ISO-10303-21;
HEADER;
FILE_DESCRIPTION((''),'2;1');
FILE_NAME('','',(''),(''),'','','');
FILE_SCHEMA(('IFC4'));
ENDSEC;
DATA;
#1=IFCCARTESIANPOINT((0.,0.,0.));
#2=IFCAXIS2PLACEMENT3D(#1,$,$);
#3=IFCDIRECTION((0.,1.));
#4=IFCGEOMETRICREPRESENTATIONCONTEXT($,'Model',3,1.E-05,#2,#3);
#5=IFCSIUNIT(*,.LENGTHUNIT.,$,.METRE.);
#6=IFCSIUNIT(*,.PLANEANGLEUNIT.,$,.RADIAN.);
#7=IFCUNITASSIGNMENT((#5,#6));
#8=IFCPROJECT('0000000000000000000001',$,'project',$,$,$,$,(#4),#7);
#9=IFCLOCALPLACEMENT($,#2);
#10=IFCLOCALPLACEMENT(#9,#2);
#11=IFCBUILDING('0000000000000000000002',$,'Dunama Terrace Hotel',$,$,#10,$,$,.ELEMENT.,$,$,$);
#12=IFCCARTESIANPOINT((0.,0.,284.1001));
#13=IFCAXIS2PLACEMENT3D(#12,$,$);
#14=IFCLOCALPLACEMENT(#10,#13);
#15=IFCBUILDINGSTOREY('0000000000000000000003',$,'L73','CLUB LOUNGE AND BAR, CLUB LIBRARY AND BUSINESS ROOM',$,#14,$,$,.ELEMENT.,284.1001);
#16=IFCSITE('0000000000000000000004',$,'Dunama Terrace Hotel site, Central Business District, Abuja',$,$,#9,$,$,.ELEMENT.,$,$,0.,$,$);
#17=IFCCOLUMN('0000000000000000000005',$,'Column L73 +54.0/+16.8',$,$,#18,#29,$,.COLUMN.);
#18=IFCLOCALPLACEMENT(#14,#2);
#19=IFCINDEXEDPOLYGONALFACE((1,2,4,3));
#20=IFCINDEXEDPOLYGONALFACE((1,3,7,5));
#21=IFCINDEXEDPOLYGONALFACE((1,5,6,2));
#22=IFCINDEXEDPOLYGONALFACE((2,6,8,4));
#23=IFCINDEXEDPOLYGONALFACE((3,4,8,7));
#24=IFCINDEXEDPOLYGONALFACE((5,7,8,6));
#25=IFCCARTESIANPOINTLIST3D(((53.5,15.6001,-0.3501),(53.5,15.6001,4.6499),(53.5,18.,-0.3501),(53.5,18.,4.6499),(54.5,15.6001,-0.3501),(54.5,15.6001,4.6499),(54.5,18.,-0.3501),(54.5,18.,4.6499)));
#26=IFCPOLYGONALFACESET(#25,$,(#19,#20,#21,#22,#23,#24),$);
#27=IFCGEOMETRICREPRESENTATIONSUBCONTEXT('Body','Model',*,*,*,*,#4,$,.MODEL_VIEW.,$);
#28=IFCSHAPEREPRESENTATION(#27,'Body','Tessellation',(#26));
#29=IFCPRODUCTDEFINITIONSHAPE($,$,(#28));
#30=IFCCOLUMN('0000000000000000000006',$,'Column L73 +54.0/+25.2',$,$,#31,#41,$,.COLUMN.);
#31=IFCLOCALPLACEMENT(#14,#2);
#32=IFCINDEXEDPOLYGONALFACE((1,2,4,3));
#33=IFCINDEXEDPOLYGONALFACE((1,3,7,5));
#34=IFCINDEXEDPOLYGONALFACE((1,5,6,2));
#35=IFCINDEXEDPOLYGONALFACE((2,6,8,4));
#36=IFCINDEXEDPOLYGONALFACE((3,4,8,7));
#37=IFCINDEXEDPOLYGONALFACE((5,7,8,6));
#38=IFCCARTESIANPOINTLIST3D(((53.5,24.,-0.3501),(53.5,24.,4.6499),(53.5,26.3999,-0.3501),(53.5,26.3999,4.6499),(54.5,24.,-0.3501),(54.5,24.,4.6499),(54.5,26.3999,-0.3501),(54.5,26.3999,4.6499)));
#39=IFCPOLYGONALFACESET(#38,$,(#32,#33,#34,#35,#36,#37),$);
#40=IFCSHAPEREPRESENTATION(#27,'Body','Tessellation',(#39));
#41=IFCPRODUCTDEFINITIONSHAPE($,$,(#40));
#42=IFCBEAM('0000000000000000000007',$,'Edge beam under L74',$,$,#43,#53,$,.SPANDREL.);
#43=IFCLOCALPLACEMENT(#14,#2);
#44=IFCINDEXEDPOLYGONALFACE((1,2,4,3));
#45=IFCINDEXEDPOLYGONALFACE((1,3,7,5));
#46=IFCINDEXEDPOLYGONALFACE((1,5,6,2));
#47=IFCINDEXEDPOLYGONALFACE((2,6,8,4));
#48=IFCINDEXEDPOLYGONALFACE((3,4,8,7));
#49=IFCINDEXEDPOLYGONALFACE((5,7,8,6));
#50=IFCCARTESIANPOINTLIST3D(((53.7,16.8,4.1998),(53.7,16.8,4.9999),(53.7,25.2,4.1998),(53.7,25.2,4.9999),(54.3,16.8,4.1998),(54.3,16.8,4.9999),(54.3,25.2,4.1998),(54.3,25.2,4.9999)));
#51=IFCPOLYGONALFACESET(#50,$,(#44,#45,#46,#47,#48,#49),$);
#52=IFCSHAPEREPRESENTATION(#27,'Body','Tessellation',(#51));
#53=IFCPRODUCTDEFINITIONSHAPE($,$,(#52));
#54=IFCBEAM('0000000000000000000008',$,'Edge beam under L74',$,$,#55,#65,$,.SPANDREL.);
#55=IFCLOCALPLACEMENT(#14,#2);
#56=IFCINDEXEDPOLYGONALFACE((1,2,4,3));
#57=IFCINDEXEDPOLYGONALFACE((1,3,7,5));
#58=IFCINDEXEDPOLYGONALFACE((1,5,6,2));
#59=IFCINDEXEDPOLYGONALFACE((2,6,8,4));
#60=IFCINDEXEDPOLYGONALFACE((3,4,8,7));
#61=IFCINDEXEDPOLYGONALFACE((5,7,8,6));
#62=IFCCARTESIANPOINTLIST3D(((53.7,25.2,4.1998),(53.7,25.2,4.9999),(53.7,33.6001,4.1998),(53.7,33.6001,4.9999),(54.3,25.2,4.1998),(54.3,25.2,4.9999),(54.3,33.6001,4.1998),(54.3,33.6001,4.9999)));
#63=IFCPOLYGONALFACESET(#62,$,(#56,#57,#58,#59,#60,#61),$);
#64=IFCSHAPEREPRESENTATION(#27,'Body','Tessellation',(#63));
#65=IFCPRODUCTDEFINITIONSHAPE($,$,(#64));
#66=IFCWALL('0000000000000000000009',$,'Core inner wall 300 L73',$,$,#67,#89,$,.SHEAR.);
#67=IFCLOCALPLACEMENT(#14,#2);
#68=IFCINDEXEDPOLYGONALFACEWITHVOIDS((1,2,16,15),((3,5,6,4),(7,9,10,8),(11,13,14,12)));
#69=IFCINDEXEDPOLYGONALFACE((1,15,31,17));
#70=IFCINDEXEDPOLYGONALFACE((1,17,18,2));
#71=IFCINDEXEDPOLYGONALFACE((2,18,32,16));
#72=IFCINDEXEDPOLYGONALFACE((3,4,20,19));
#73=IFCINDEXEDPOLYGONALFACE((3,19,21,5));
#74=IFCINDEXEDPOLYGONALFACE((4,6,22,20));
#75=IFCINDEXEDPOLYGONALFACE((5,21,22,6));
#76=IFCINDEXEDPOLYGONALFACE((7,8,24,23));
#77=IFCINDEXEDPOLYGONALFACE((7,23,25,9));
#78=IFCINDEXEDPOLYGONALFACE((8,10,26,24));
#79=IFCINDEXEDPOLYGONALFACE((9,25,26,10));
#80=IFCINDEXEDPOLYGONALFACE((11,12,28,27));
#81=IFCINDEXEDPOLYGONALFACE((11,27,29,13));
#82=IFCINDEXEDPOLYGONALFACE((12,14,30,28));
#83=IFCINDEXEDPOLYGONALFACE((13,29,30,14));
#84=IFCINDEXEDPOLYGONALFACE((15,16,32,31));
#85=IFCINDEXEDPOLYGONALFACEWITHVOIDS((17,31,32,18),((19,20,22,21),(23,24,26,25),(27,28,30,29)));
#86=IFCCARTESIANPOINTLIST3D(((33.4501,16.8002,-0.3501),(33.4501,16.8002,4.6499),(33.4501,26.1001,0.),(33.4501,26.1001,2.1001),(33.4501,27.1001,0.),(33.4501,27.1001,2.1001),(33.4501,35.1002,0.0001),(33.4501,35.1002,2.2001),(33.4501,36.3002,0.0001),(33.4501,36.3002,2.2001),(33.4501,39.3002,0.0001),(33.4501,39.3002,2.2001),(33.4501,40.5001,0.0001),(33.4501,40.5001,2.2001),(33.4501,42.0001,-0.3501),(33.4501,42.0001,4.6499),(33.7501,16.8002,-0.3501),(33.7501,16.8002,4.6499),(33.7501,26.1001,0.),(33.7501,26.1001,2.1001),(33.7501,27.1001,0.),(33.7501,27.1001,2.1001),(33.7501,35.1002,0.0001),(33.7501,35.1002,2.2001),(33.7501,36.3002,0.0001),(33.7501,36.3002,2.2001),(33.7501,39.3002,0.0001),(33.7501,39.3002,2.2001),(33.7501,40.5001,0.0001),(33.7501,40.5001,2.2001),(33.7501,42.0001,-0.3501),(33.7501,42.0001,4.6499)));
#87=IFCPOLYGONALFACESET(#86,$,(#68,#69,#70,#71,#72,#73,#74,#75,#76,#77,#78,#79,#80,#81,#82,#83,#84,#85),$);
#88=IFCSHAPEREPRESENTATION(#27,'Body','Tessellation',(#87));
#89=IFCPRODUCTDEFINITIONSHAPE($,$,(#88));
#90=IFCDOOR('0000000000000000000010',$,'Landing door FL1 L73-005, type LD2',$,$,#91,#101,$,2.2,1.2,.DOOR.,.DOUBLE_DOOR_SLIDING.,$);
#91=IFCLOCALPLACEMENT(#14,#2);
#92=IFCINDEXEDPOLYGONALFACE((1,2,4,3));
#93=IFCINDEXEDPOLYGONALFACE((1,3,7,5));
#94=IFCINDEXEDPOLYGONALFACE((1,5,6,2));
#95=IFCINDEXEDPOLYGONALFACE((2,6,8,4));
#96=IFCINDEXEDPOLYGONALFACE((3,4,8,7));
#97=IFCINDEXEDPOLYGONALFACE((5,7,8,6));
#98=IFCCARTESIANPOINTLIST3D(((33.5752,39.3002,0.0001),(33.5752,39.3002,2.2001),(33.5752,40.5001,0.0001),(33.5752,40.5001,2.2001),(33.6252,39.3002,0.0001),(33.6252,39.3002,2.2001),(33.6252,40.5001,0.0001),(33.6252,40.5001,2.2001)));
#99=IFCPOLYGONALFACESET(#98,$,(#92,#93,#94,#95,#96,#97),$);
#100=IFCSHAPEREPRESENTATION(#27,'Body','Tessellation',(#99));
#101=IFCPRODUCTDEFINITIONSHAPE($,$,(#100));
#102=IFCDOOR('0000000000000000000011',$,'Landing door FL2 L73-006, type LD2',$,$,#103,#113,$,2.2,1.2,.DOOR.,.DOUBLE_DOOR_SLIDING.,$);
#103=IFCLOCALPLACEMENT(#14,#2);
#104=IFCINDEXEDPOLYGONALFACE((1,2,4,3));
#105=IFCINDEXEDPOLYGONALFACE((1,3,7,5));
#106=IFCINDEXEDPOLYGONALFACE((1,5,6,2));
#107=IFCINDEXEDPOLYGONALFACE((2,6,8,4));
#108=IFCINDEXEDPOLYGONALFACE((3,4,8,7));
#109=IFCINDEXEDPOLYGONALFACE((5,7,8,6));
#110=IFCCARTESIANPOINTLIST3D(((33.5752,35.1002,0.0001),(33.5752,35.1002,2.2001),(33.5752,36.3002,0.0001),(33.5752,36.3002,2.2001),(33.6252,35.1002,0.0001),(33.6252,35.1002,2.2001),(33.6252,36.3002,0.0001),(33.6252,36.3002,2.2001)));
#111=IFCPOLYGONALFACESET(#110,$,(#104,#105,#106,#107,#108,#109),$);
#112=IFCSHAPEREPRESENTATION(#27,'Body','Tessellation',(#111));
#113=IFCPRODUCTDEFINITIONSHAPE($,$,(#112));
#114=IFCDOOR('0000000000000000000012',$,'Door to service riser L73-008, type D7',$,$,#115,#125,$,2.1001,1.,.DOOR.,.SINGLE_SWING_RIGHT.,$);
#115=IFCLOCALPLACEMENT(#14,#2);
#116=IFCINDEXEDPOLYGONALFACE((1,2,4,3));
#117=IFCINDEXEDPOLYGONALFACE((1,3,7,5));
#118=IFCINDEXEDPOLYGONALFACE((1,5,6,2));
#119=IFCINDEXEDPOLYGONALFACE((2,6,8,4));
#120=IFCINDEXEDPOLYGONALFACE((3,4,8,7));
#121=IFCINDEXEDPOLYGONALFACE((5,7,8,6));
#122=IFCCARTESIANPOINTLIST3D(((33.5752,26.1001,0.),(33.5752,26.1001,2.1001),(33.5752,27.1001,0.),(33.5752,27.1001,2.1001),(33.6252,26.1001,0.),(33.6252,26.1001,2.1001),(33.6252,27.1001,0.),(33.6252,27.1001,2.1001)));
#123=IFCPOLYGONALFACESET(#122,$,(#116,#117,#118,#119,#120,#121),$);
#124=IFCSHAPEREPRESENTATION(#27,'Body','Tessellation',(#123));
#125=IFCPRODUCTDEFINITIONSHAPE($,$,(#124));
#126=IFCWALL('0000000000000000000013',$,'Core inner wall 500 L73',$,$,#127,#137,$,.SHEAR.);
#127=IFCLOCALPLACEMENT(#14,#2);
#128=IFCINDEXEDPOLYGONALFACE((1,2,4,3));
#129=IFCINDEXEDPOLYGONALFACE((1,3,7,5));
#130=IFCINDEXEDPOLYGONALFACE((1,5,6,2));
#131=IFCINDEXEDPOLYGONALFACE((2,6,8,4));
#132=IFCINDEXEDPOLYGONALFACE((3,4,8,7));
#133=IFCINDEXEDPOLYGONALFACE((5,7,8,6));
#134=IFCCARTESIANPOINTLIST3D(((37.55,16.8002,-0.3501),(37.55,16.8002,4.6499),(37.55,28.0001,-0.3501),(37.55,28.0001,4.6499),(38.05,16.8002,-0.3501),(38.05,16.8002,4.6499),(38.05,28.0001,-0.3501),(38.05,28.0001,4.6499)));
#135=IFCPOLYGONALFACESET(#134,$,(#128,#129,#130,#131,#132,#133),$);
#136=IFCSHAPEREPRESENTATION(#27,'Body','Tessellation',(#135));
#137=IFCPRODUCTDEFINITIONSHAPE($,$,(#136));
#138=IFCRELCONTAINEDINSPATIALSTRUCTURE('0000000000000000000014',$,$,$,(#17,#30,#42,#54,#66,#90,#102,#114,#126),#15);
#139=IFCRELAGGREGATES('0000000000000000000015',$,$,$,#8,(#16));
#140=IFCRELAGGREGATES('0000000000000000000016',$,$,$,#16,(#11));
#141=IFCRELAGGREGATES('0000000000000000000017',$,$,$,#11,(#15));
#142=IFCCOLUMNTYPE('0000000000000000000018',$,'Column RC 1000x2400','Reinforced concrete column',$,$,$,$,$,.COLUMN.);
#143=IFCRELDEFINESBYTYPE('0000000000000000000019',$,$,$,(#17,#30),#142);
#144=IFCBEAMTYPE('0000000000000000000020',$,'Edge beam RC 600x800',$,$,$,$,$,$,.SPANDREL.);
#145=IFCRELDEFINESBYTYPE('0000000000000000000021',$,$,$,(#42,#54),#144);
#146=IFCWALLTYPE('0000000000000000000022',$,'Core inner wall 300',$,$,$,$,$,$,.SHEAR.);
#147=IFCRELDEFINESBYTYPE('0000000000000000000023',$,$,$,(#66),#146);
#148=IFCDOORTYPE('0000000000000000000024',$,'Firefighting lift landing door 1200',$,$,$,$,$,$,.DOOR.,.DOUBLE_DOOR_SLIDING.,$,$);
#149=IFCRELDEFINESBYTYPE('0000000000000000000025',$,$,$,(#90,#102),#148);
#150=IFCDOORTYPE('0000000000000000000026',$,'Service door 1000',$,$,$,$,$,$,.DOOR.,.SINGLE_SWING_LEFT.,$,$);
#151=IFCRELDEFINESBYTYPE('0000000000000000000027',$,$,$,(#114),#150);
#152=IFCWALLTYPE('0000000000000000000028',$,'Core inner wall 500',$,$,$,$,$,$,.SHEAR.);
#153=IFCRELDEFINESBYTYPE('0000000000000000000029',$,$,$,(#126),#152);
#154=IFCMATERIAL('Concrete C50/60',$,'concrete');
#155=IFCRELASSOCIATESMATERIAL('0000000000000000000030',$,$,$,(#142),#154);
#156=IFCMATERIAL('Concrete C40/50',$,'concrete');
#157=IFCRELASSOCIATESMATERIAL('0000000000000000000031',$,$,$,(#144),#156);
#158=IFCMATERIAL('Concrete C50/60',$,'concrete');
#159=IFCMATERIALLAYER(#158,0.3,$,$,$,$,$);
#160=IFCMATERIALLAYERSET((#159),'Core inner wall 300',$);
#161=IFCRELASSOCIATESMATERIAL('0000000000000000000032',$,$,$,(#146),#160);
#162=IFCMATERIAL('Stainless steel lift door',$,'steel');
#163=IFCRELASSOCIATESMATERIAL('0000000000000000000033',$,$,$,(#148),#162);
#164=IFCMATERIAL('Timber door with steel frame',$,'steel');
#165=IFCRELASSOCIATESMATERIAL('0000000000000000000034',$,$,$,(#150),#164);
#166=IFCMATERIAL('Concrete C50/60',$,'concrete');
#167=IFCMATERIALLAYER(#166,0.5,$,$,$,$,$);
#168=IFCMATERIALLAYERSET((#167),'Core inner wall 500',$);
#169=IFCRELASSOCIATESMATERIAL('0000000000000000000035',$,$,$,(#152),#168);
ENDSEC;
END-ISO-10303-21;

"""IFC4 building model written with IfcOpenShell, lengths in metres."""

from ifc_helpers import new_model, si_unit, direction, frame, frame_2d, origin, origin_2d, place, context, subcontext, project, spatial, rectangle, extrude, material, layer, layer_set, material_profile, profile_set, type_object, element, fill, save


model = new_model("IFC4")

# Units and contexts
model_context = context("Model", 3, precision=1e-05, world=origin(), true_north=direction((0.0, 1.0)))
body_context = subcontext(model_context, "Body", "Model", "MODEL_VIEW")
ifc_project = project(units=[si_unit("LENGTHUNIT", "METRE"), si_unit("PLANEANGLEUNIT", "RADIAN")], contexts=[model_context])

# Site, building, storey
site_placement = place(None, origin())
site = spatial("IfcSite", under=ifc_project, at=site_placement, Name="Dunama Terrace Hotel site, Central Business District, Abuja", CompositionType="ELEMENT", RefElevation=0.0)
building_placement = place(site_placement, origin())
building = spatial("IfcBuilding", under=site, at=building_placement, Name="Dunama Terrace Hotel", CompositionType="ELEMENT")
storey_placement = place(building_placement, frame((0.0, 0.0, 284.1001)))
storey = spatial("IfcBuildingStorey", under=building, at=storey_placement, Name="L73", Description="CLUB LOUNGE AND BAR, CLUB LIBRARY AND BUSINESS ROOM", CompositionType="ELEMENT", Elevation=284.1001)

# Columns
ifc_material_1 = material(Name="Concrete C50/60", Category="concrete")
ifc_material_profile_1 = material_profile(ifc_material_1, rectangle(XDim=1.0, YDim=2.3999, at=origin_2d()), Name="RC 1000x2400")
ifc_profile_set_1 = profile_set([ifc_material_profile_1], Name="Concrete C50/60")
column_type = type_object("IfcColumnType", Name="Column RC 1000x2400", Description="Reinforced concrete column", PredefinedType="COLUMN", material=ifc_profile_set_1)
for number, where, z_axis, x_axis, name in (
    (1, (54.0, 16.8, -0.3501), (0.0, 0.0, 1.0), (1.0, 0.0, 0.0), "Column L73 +54.0/+16.8"),
    (2, (54.0, 25.2, -0.3501), (0.0, 0.0, 1.0), (1.0, 0.0, 0.0), "Column L73 +54.0/+25.2"),
):
    element("IfcColumn", number, at=place(storey_placement, frame(where, z_axis=z_axis, x_axis=x_axis)), inside=storey, type_object=column_type, Name=name, PredefinedType="COLUMN", context=body_context, shape_type="SweptSolid", body=[
        extrude(rectangle(XDim=1.0, YDim=2.3999, at=origin_2d()), origin(), (0.0, 0.0, 1.0), 5.0),
    ])

# Beams
ifc_material_2 = material(Name="Concrete C40/50", Category="concrete")
ifc_material_profile_2 = material_profile(ifc_material_2, rectangle(XDim=0.6001, YDim=0.8, at=origin_2d()), Name="RC 600x800")
ifc_profile_set_2 = profile_set([ifc_material_profile_2], Name="Concrete C40/50")
beam_type = type_object("IfcBeamType", Name="Edge beam RC 600x800", PredefinedType="SPANDREL", material=ifc_profile_set_2)
beam_1_placement = place(storey_placement, frame((54.0, 16.8, 4.5999), z_axis=(0.0, 1.0, 0.0), x_axis=(-1.0, 0.0, 0.0)))
element("IfcBeam", 3, at=beam_1_placement, inside=storey, type_object=beam_type, Name="Edge beam under L74", PredefinedType="SPANDREL", context=body_context, shape_type="SweptSolid", body=[
    extrude(rectangle(XDim=0.6001, YDim=0.8, at=origin_2d()), origin(), (0.0, 0.0, 1.0), 8.3999),
])
beam_2_placement = place(storey_placement, frame((54.0, 25.2, 4.5999), z_axis=(0.0, 1.0, 0.0), x_axis=(-1.0, 0.0, 0.0)))
element("IfcBeam", 4, at=beam_2_placement, inside=storey, type_object=beam_type, Name="Edge beam under L74", PredefinedType="SPANDREL", context=body_context, shape_type="SweptSolid", body=[
    extrude(rectangle(XDim=0.6001, YDim=0.8, at=origin_2d()), origin(), (0.0, 0.0, 1.0), 8.4001),
])

# Wall, openings, doors
ifc_material_3 = material(Name="Concrete C50/60", Category="concrete")
ifc_layer_1 = layer(ifc_material_3, 0.3)
ifc_layer_set_1 = layer_set([ifc_layer_1], Name="Core inner wall 300")
wall_type_1 = type_object("IfcWallType", Name="Core inner wall 300", PredefinedType="SHEAR", material=ifc_layer_set_1)
wall_1_placement = place(storey_placement, frame((33.6001, 16.8, -0.3501), z_axis=(0.0, 0.0, 1.0), x_axis=(0.0, 1.0, 0.0)))
wall_1 = element("IfcWall", 5, at=wall_1_placement, inside=storey, type_object=wall_type_1, Name="Core inner wall 300 L73", PredefinedType="SHEAR", context=body_context, shape_type="SweptSolid", body=[
    extrude(rectangle(XDim=25.2, YDim=0.3, at=frame_2d((12.6001, 0.0))), origin(), (0.0, 0.0, 1.0), 5.0),
])
opening_1_placement = place(wall_1_placement, frame((22.5, 0.0, 0.3501)))
opening_1 = element("IfcOpeningElement", 6, at=opening_1_placement, cuts=wall_1, PredefinedType="OPENING", context=body_context, shape_type="SweptSolid", body=[
    extrude(rectangle(XDim=1.2, YDim=2.2, at=frame_2d((0.6001, 1.1001))), frame((0.0, 0.1599, 0.0), z_axis=(0.0, -1.0, 0.0), x_axis=(1.0, 0.0, 0.0)), (0.0, 0.0, 1.0), 0.3201),
])
opening_2_placement = place(wall_1_placement, frame((18.3, 0.0, 0.3501)))
opening_2 = element("IfcOpeningElement", 7, at=opening_2_placement, cuts=wall_1, PredefinedType="OPENING", context=body_context, shape_type="SweptSolid", body=[
    extrude(rectangle(XDim=1.2, YDim=2.2, at=frame_2d((0.6001, 1.1001))), frame((0.0, 0.1599, 0.0), z_axis=(0.0, -1.0, 0.0), x_axis=(1.0, 0.0, 0.0)), (0.0, 0.0, 1.0), 0.3201),
])
opening_3_placement = place(wall_1_placement, frame((9.3, 0.0, 0.3501)))
opening_3 = element("IfcOpeningElement", 8, at=opening_3_placement, cuts=wall_1, PredefinedType="OPENING", context=body_context, shape_type="SweptSolid", body=[
    extrude(rectangle(XDim=1.0, YDim=2.1001, at=frame_2d((0.5, 1.05))), frame((0.0, 0.1599, 0.0), z_axis=(0.0, -1.0, 0.0), x_axis=(1.0, 0.0, 0.0)), (0.0, 0.0, 1.0), 0.3201),
])
ifc_material_4 = material(Name="Stainless steel lift door", Category="steel")
door_type_1 = type_object("IfcDoorType", Name="Firefighting lift landing door 1200", OperationType="DOUBLE_DOOR_SLIDING", PredefinedType="DOOR", material=ifc_material_4)
door_1_placement = place(opening_1_placement, origin())
door_1 = element("IfcDoor", 9, at=door_1_placement, inside=storey, type_object=door_type_1, Name="Landing door FL1 L73-005, type LD2", OperationType="DOUBLE_DOOR_SLIDING", OverallHeight=2.2, OverallWidth=1.2, PredefinedType="DOOR", context=body_context, shape_type="SweptSolid", body=[
    extrude(rectangle(XDim=1.2, YDim=2.2, at=frame_2d((0.6001, 1.1001))), frame((0.0, 0.0249, 0.0), z_axis=(0.0, -1.0, 0.0), x_axis=(1.0, 0.0, 0.0)), (0.0, 0.0, 1.0), 0.05),
])
fill(opening_1, door_1)
door_2_placement = place(opening_2_placement, origin())
door_2 = element("IfcDoor", 10, at=door_2_placement, inside=storey, type_object=door_type_1, Name="Landing door FL2 L73-006, type LD2", OperationType="DOUBLE_DOOR_SLIDING", OverallHeight=2.2, OverallWidth=1.2, PredefinedType="DOOR", context=body_context, shape_type="SweptSolid", body=[
    extrude(rectangle(XDim=1.2, YDim=2.2, at=frame_2d((0.6001, 1.1001))), frame((0.0, 0.0249, 0.0), z_axis=(0.0, -1.0, 0.0), x_axis=(1.0, 0.0, 0.0)), (0.0, 0.0, 1.0), 0.05),
])
fill(opening_2, door_2)
ifc_material_5 = material(Name="Timber door with steel frame", Category="steel")
door_type_2 = type_object("IfcDoorType", Name="Service door 1000", OperationType="SINGLE_SWING_LEFT", PredefinedType="DOOR", material=ifc_material_5)
door_3_placement = place(opening_3_placement, frame((1.0, 0.0, 0.0), z_axis=(0.0, 0.0, 1.0), x_axis=(-1.0, 0.0, 0.0)))
door_3 = element("IfcDoor", 11, at=door_3_placement, inside=storey, type_object=door_type_2, Name="Door to service riser L73-008, type D7", OperationType="SINGLE_SWING_RIGHT", OverallHeight=2.1001, OverallWidth=1.0, PredefinedType="DOOR", context=body_context, shape_type="SweptSolid", body=[
    extrude(rectangle(XDim=1.0, YDim=2.1001, at=frame_2d((0.5, 1.05))), frame((0.0, 0.0251, 0.0), z_axis=(0.0, -1.0, 0.0), x_axis=(1.0, 0.0, 0.0)), (0.0, 0.0, 1.0), 0.05),
])
fill(opening_3, door_3)

# Wall
ifc_material_6 = material(Name="Concrete C50/60", Category="concrete")
ifc_layer_2 = layer(ifc_material_6, 0.5)
ifc_layer_set_2 = layer_set([ifc_layer_2], Name="Core inner wall 500")
wall_type_2 = type_object("IfcWallType", Name="Core inner wall 500", PredefinedType="SHEAR", material=ifc_layer_set_2)
wall_2_placement = place(storey_placement, frame((37.8, 16.8, -0.3501), z_axis=(0.0, 0.0, 1.0), x_axis=(0.0, 1.0, 0.0)))
element("IfcWall", 12, at=wall_2_placement, inside=storey, type_object=wall_type_2, Name="Core inner wall 500 L73", PredefinedType="SHEAR", context=body_context, shape_type="SweptSolid", body=[
    extrude(rectangle(XDim=11.2, YDim=0.5, at=frame_2d((5.6001, 0.0))), origin(), (0.0, 0.0, 1.0), 5.0),
])

save(model, "model.ifc")
